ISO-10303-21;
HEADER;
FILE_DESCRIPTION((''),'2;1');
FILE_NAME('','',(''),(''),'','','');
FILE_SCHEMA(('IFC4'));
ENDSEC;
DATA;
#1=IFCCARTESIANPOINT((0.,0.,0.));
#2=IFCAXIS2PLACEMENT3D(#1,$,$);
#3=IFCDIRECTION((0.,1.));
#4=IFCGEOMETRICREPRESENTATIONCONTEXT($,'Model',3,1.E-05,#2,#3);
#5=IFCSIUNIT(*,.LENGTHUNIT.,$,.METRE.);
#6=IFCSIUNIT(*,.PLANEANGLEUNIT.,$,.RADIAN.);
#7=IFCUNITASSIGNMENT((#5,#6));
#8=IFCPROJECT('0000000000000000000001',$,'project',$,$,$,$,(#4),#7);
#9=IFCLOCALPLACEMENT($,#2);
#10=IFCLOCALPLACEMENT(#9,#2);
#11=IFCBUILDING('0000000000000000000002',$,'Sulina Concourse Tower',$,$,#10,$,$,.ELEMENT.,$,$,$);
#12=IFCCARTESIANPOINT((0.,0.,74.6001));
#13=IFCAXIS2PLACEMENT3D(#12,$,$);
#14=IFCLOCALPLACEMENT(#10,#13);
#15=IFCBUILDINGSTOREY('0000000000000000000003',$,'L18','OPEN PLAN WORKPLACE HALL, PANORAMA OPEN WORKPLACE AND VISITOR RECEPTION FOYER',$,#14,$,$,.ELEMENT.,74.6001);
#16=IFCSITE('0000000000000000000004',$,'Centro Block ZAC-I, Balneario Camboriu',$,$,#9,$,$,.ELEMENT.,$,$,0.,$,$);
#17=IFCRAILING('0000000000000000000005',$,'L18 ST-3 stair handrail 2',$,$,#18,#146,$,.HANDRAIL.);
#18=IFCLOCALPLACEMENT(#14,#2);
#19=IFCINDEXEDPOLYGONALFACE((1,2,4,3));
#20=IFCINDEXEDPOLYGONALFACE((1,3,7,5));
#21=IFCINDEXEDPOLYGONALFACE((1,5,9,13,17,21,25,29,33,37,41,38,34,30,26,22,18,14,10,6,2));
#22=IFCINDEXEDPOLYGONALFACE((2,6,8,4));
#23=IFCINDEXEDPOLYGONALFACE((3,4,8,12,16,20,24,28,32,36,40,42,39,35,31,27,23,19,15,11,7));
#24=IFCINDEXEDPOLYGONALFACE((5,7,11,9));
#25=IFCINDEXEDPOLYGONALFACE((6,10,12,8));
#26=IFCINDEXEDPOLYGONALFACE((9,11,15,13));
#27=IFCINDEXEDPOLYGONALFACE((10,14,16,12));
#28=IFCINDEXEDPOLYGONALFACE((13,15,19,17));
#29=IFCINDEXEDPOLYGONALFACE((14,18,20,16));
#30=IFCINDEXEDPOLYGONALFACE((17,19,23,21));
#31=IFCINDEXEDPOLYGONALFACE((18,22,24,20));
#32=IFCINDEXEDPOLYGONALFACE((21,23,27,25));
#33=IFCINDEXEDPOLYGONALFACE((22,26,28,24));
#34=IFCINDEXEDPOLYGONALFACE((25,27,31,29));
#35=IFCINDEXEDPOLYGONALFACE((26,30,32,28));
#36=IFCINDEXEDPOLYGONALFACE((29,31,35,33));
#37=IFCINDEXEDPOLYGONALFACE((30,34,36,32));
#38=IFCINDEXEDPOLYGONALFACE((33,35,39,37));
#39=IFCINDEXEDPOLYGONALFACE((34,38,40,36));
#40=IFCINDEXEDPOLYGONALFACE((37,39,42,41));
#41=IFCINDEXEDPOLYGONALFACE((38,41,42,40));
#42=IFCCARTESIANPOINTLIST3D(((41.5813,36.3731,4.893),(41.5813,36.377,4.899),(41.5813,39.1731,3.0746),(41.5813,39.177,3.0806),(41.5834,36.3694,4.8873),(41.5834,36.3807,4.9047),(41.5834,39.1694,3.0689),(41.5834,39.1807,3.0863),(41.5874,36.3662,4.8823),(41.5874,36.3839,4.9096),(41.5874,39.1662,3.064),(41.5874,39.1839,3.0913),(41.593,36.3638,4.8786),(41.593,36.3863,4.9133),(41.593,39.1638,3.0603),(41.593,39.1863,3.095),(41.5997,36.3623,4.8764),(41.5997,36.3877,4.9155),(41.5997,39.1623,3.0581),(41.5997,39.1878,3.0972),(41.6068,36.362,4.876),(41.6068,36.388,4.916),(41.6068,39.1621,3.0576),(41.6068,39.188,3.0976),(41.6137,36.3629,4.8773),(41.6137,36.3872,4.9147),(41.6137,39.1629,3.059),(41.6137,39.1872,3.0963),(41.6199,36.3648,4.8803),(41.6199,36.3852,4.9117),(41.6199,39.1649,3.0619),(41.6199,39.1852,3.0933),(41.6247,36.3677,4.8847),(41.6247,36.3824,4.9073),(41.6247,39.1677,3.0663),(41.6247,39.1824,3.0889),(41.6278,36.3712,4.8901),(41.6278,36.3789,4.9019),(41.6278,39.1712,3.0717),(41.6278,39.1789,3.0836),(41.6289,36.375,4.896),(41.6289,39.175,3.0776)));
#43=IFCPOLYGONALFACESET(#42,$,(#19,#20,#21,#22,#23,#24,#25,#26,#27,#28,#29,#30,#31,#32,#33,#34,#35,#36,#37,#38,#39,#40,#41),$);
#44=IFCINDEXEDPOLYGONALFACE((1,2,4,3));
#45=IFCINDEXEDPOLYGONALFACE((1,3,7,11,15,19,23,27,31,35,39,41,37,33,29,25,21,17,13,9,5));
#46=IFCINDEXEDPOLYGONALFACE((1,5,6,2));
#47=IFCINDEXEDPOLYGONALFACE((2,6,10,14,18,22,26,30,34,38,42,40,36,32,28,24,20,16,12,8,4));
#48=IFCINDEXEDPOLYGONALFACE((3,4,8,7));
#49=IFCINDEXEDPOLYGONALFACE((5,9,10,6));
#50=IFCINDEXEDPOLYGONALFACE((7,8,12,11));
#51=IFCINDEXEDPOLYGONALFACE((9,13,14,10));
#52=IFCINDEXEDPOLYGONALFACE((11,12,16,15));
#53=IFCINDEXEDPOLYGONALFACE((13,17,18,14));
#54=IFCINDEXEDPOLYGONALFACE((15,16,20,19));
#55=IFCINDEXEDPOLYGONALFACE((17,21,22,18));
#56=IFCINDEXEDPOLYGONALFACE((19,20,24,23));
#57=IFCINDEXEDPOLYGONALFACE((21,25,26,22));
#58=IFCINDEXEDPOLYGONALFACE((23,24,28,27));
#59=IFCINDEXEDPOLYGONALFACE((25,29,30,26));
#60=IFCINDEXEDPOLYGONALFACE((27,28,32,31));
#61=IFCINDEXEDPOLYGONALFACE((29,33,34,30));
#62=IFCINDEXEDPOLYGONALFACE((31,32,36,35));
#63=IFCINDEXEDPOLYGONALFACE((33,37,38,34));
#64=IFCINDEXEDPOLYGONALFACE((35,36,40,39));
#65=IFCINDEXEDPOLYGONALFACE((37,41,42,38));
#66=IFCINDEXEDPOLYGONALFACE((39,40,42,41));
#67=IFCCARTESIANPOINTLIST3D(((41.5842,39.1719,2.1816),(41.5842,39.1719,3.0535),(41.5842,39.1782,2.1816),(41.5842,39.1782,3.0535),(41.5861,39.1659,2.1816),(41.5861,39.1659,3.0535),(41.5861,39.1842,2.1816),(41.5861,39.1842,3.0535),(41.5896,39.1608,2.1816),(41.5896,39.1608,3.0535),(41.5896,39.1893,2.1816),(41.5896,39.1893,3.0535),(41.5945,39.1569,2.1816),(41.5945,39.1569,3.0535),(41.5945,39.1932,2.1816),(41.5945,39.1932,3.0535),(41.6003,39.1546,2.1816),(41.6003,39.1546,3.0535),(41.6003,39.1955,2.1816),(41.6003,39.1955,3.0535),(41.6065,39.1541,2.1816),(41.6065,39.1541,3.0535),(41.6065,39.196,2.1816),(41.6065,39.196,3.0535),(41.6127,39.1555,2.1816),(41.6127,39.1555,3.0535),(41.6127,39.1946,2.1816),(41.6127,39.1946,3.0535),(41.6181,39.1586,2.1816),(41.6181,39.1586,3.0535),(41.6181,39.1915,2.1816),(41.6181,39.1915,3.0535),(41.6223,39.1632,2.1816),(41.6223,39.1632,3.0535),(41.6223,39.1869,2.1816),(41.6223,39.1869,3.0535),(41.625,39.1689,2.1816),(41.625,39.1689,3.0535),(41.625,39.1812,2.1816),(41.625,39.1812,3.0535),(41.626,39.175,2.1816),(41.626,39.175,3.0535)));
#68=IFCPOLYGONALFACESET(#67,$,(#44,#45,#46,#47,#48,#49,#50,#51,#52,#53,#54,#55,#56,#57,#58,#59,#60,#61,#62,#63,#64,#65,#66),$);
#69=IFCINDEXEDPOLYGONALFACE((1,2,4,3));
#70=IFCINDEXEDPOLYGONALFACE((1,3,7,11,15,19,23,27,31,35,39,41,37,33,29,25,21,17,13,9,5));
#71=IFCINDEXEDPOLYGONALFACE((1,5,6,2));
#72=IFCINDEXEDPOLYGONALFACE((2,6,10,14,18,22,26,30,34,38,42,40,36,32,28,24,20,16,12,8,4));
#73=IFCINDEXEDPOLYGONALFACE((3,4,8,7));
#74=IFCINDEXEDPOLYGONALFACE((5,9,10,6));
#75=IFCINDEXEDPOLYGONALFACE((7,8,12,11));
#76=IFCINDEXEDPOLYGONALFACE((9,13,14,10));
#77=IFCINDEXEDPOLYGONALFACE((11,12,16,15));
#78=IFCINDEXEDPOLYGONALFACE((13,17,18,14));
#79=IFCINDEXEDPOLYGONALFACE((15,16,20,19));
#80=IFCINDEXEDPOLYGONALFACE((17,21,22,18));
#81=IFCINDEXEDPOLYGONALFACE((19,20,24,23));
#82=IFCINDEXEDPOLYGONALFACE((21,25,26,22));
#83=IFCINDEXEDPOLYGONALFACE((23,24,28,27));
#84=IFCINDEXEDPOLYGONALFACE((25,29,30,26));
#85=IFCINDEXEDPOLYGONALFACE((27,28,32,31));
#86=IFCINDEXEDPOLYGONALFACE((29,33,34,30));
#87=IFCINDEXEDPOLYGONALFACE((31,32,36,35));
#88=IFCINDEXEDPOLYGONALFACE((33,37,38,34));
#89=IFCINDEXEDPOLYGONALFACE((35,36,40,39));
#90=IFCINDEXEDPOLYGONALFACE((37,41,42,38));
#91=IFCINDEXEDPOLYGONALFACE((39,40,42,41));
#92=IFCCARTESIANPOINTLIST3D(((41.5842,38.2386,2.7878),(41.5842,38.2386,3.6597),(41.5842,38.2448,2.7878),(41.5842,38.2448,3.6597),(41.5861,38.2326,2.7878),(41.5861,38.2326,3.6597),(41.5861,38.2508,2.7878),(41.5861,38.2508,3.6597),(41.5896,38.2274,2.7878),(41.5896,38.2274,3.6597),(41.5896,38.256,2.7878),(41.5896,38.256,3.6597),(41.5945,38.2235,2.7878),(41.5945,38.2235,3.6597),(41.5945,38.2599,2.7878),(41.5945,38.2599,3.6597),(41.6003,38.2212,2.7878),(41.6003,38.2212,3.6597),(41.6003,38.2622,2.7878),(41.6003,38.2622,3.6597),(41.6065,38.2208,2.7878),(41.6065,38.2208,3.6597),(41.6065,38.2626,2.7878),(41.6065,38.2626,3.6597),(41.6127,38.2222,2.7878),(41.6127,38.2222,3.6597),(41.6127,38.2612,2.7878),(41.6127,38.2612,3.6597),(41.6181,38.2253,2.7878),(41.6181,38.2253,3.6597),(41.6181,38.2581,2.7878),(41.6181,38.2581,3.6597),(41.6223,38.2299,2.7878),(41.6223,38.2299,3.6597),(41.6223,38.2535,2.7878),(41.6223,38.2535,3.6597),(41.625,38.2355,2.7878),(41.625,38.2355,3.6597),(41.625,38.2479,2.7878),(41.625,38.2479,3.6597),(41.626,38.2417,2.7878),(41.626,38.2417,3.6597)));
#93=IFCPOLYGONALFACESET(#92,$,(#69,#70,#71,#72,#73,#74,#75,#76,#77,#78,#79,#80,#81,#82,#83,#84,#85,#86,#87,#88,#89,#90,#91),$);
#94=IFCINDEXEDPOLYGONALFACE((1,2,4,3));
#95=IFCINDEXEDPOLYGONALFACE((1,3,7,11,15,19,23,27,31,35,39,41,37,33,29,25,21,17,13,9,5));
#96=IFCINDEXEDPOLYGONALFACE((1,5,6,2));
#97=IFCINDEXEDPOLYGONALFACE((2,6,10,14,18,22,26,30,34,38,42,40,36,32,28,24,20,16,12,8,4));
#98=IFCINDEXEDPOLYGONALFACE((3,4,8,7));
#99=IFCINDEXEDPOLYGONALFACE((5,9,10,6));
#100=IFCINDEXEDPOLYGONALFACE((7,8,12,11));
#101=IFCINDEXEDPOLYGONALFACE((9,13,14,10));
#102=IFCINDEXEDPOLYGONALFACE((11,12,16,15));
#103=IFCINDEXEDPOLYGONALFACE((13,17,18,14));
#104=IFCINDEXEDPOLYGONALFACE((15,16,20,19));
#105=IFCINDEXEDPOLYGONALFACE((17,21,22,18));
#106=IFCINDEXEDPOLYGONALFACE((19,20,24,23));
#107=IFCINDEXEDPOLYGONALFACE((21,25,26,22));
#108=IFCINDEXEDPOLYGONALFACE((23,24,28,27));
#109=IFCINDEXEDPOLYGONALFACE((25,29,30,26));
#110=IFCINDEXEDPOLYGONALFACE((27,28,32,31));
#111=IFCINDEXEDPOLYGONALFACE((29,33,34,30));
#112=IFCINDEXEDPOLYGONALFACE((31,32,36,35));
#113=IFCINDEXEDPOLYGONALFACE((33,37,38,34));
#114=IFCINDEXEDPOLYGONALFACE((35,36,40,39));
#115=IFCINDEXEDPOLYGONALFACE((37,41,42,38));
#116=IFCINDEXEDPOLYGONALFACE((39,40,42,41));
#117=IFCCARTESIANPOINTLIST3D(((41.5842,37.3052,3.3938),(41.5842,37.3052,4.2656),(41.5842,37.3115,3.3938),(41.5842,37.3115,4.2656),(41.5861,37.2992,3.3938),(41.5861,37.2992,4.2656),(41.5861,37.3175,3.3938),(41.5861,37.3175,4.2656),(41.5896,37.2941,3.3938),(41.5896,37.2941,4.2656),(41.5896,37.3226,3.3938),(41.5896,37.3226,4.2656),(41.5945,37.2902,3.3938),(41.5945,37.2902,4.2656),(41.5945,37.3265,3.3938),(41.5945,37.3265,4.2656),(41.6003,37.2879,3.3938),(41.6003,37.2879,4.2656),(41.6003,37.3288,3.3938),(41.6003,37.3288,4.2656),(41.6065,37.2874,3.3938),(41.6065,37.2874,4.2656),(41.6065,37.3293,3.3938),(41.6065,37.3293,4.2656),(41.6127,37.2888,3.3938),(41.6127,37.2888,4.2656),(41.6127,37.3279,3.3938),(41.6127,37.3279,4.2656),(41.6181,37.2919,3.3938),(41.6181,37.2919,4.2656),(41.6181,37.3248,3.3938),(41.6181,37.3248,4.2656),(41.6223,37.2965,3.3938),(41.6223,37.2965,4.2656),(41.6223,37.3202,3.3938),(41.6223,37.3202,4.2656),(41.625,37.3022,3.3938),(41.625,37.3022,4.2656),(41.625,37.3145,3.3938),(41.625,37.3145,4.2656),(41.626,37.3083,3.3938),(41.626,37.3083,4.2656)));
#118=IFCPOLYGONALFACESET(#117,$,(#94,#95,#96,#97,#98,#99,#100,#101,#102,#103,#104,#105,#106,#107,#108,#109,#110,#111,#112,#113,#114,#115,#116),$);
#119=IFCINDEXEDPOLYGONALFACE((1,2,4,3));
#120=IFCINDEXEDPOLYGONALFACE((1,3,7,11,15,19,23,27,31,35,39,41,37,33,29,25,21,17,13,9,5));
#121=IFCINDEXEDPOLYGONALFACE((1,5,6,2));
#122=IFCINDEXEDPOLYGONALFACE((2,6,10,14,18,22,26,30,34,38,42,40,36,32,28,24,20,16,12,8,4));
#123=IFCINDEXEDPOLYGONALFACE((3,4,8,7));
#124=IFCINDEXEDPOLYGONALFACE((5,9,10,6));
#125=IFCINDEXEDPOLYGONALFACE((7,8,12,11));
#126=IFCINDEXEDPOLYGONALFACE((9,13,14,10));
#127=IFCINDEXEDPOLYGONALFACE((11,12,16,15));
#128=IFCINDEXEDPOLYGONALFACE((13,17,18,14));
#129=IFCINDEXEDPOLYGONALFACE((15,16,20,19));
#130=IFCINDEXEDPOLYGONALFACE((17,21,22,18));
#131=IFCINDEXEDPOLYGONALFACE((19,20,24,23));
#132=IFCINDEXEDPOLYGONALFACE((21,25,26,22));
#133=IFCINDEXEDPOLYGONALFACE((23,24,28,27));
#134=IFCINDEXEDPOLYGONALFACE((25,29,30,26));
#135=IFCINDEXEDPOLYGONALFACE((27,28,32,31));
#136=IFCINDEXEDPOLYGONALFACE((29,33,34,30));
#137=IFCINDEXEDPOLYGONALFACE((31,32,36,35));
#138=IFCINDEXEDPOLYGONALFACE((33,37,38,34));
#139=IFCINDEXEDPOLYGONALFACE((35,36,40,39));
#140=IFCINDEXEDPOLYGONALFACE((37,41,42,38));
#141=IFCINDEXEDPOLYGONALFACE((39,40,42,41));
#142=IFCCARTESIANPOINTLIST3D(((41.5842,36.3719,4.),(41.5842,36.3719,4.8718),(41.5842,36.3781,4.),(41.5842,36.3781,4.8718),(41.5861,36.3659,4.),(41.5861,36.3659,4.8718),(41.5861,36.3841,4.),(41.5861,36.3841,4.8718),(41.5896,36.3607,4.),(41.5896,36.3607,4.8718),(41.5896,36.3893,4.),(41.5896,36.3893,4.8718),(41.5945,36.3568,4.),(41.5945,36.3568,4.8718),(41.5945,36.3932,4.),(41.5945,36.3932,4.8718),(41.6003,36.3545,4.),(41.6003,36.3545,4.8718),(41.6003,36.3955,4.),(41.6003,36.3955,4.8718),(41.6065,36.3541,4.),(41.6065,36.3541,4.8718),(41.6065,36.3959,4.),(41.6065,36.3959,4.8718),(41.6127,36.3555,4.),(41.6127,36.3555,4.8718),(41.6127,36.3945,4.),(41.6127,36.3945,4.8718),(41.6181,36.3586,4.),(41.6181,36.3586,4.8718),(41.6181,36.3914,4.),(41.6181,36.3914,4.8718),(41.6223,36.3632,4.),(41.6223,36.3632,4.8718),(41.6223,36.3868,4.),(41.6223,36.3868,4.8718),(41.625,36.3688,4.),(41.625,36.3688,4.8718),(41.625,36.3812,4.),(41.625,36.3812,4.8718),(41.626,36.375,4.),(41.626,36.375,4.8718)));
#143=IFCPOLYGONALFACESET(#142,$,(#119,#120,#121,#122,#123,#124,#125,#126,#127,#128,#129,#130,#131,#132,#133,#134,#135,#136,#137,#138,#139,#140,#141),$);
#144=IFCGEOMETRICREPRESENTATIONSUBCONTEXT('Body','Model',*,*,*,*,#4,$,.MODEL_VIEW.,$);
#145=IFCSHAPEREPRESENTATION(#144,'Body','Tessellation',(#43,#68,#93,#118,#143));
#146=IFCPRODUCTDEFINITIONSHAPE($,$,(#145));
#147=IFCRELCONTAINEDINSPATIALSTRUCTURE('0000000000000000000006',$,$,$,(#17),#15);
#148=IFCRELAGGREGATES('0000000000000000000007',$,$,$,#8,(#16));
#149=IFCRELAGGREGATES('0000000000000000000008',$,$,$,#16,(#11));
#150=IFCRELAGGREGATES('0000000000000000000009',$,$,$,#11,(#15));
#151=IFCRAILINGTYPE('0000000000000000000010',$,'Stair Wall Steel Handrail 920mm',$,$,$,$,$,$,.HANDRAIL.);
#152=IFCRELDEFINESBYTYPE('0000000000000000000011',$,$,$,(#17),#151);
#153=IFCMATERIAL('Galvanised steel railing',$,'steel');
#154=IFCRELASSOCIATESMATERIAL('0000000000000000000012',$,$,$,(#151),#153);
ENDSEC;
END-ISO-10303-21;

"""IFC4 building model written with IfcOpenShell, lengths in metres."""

from ifc_helpers import new_model, si_unit, direction, frame, origin, origin_2d, place, context, subcontext, project, spatial, circle, extrude, material, type_object, element, save


model = new_model("IFC4")

# Units and contexts
model_context = context("Model", 3, precision=1e-05, world=origin(), true_north=direction((0.0, 1.0)))
body_context = subcontext(model_context, "Body", "Model", "MODEL_VIEW")
ifc_project = project(units=[si_unit("LENGTHUNIT", "METRE"), si_unit("PLANEANGLEUNIT", "RADIAN")], contexts=[model_context])

# Site, building, storey
site_placement = place(None, origin())
site = spatial("IfcSite", under=ifc_project, at=site_placement, Name="Centro Block ZAC-I, Balneario Camboriu", CompositionType="ELEMENT", RefElevation=0.0)
building_placement = place(site_placement, origin())
building = spatial("IfcBuilding", under=site, at=building_placement, Name="Sulina Concourse Tower", CompositionType="ELEMENT")
storey_placement = place(building_placement, frame((0.0, 0.0, 74.6001)))
storey = spatial("IfcBuildingStorey", under=building, at=storey_placement, Name="L18", Description="OPEN PLAN WORKPLACE HALL, PANORAMA OPEN WORKPLACE AND VISITOR RECEPTION FOYER", CompositionType="ELEMENT", Elevation=74.6001)

# Railing
ifc_material_1 = material(Name="Galvanised steel railing", Category="steel")
railing_type_1 = type_object("IfcRailingType", Name="Stair Wall Steel Handrail 920mm", PredefinedType="HANDRAIL", material=ifc_material_1)
railing_1_placement = place(storey_placement, frame((41.605, 39.175, 2.1816)))
element("IfcRailing", 1, at=railing_1_placement, inside=storey, type_object=railing_type_1, Name="L18 ST-3 stair handrail 2", PredefinedType="HANDRAIL", context=body_context, shape_type="SweptSolid", body=[
    extrude(circle(Radius=0.0239, at=origin_2d()), frame((0.0, 0.0, 0.896), z_axis=(0.0, -0.838672, 0.544636), x_axis=(1.0, 0.0, 0.0)), (0.0, 0.0, 1.0), 3.3386),
    extrude(circle(Radius=0.021, at=origin_2d()), origin(), (0.0, 0.0, 1.0), 0.8718),
    extrude(circle(Radius=0.021, at=origin_2d()), frame((0.0, -0.9333, 0.6062)), (0.0, 0.0, 1.0), 0.8718),
    extrude(circle(Radius=0.021, at=origin_2d()), frame((0.0, -1.8667, 1.2122)), (0.0, 0.0, 1.0), 0.8718),
    extrude(circle(Radius=0.021, at=origin_2d()), frame((0.0, -2.8, 1.8184)), (0.0, 0.0, 1.0), 0.8718),
])

save(model, "model.ifc")
